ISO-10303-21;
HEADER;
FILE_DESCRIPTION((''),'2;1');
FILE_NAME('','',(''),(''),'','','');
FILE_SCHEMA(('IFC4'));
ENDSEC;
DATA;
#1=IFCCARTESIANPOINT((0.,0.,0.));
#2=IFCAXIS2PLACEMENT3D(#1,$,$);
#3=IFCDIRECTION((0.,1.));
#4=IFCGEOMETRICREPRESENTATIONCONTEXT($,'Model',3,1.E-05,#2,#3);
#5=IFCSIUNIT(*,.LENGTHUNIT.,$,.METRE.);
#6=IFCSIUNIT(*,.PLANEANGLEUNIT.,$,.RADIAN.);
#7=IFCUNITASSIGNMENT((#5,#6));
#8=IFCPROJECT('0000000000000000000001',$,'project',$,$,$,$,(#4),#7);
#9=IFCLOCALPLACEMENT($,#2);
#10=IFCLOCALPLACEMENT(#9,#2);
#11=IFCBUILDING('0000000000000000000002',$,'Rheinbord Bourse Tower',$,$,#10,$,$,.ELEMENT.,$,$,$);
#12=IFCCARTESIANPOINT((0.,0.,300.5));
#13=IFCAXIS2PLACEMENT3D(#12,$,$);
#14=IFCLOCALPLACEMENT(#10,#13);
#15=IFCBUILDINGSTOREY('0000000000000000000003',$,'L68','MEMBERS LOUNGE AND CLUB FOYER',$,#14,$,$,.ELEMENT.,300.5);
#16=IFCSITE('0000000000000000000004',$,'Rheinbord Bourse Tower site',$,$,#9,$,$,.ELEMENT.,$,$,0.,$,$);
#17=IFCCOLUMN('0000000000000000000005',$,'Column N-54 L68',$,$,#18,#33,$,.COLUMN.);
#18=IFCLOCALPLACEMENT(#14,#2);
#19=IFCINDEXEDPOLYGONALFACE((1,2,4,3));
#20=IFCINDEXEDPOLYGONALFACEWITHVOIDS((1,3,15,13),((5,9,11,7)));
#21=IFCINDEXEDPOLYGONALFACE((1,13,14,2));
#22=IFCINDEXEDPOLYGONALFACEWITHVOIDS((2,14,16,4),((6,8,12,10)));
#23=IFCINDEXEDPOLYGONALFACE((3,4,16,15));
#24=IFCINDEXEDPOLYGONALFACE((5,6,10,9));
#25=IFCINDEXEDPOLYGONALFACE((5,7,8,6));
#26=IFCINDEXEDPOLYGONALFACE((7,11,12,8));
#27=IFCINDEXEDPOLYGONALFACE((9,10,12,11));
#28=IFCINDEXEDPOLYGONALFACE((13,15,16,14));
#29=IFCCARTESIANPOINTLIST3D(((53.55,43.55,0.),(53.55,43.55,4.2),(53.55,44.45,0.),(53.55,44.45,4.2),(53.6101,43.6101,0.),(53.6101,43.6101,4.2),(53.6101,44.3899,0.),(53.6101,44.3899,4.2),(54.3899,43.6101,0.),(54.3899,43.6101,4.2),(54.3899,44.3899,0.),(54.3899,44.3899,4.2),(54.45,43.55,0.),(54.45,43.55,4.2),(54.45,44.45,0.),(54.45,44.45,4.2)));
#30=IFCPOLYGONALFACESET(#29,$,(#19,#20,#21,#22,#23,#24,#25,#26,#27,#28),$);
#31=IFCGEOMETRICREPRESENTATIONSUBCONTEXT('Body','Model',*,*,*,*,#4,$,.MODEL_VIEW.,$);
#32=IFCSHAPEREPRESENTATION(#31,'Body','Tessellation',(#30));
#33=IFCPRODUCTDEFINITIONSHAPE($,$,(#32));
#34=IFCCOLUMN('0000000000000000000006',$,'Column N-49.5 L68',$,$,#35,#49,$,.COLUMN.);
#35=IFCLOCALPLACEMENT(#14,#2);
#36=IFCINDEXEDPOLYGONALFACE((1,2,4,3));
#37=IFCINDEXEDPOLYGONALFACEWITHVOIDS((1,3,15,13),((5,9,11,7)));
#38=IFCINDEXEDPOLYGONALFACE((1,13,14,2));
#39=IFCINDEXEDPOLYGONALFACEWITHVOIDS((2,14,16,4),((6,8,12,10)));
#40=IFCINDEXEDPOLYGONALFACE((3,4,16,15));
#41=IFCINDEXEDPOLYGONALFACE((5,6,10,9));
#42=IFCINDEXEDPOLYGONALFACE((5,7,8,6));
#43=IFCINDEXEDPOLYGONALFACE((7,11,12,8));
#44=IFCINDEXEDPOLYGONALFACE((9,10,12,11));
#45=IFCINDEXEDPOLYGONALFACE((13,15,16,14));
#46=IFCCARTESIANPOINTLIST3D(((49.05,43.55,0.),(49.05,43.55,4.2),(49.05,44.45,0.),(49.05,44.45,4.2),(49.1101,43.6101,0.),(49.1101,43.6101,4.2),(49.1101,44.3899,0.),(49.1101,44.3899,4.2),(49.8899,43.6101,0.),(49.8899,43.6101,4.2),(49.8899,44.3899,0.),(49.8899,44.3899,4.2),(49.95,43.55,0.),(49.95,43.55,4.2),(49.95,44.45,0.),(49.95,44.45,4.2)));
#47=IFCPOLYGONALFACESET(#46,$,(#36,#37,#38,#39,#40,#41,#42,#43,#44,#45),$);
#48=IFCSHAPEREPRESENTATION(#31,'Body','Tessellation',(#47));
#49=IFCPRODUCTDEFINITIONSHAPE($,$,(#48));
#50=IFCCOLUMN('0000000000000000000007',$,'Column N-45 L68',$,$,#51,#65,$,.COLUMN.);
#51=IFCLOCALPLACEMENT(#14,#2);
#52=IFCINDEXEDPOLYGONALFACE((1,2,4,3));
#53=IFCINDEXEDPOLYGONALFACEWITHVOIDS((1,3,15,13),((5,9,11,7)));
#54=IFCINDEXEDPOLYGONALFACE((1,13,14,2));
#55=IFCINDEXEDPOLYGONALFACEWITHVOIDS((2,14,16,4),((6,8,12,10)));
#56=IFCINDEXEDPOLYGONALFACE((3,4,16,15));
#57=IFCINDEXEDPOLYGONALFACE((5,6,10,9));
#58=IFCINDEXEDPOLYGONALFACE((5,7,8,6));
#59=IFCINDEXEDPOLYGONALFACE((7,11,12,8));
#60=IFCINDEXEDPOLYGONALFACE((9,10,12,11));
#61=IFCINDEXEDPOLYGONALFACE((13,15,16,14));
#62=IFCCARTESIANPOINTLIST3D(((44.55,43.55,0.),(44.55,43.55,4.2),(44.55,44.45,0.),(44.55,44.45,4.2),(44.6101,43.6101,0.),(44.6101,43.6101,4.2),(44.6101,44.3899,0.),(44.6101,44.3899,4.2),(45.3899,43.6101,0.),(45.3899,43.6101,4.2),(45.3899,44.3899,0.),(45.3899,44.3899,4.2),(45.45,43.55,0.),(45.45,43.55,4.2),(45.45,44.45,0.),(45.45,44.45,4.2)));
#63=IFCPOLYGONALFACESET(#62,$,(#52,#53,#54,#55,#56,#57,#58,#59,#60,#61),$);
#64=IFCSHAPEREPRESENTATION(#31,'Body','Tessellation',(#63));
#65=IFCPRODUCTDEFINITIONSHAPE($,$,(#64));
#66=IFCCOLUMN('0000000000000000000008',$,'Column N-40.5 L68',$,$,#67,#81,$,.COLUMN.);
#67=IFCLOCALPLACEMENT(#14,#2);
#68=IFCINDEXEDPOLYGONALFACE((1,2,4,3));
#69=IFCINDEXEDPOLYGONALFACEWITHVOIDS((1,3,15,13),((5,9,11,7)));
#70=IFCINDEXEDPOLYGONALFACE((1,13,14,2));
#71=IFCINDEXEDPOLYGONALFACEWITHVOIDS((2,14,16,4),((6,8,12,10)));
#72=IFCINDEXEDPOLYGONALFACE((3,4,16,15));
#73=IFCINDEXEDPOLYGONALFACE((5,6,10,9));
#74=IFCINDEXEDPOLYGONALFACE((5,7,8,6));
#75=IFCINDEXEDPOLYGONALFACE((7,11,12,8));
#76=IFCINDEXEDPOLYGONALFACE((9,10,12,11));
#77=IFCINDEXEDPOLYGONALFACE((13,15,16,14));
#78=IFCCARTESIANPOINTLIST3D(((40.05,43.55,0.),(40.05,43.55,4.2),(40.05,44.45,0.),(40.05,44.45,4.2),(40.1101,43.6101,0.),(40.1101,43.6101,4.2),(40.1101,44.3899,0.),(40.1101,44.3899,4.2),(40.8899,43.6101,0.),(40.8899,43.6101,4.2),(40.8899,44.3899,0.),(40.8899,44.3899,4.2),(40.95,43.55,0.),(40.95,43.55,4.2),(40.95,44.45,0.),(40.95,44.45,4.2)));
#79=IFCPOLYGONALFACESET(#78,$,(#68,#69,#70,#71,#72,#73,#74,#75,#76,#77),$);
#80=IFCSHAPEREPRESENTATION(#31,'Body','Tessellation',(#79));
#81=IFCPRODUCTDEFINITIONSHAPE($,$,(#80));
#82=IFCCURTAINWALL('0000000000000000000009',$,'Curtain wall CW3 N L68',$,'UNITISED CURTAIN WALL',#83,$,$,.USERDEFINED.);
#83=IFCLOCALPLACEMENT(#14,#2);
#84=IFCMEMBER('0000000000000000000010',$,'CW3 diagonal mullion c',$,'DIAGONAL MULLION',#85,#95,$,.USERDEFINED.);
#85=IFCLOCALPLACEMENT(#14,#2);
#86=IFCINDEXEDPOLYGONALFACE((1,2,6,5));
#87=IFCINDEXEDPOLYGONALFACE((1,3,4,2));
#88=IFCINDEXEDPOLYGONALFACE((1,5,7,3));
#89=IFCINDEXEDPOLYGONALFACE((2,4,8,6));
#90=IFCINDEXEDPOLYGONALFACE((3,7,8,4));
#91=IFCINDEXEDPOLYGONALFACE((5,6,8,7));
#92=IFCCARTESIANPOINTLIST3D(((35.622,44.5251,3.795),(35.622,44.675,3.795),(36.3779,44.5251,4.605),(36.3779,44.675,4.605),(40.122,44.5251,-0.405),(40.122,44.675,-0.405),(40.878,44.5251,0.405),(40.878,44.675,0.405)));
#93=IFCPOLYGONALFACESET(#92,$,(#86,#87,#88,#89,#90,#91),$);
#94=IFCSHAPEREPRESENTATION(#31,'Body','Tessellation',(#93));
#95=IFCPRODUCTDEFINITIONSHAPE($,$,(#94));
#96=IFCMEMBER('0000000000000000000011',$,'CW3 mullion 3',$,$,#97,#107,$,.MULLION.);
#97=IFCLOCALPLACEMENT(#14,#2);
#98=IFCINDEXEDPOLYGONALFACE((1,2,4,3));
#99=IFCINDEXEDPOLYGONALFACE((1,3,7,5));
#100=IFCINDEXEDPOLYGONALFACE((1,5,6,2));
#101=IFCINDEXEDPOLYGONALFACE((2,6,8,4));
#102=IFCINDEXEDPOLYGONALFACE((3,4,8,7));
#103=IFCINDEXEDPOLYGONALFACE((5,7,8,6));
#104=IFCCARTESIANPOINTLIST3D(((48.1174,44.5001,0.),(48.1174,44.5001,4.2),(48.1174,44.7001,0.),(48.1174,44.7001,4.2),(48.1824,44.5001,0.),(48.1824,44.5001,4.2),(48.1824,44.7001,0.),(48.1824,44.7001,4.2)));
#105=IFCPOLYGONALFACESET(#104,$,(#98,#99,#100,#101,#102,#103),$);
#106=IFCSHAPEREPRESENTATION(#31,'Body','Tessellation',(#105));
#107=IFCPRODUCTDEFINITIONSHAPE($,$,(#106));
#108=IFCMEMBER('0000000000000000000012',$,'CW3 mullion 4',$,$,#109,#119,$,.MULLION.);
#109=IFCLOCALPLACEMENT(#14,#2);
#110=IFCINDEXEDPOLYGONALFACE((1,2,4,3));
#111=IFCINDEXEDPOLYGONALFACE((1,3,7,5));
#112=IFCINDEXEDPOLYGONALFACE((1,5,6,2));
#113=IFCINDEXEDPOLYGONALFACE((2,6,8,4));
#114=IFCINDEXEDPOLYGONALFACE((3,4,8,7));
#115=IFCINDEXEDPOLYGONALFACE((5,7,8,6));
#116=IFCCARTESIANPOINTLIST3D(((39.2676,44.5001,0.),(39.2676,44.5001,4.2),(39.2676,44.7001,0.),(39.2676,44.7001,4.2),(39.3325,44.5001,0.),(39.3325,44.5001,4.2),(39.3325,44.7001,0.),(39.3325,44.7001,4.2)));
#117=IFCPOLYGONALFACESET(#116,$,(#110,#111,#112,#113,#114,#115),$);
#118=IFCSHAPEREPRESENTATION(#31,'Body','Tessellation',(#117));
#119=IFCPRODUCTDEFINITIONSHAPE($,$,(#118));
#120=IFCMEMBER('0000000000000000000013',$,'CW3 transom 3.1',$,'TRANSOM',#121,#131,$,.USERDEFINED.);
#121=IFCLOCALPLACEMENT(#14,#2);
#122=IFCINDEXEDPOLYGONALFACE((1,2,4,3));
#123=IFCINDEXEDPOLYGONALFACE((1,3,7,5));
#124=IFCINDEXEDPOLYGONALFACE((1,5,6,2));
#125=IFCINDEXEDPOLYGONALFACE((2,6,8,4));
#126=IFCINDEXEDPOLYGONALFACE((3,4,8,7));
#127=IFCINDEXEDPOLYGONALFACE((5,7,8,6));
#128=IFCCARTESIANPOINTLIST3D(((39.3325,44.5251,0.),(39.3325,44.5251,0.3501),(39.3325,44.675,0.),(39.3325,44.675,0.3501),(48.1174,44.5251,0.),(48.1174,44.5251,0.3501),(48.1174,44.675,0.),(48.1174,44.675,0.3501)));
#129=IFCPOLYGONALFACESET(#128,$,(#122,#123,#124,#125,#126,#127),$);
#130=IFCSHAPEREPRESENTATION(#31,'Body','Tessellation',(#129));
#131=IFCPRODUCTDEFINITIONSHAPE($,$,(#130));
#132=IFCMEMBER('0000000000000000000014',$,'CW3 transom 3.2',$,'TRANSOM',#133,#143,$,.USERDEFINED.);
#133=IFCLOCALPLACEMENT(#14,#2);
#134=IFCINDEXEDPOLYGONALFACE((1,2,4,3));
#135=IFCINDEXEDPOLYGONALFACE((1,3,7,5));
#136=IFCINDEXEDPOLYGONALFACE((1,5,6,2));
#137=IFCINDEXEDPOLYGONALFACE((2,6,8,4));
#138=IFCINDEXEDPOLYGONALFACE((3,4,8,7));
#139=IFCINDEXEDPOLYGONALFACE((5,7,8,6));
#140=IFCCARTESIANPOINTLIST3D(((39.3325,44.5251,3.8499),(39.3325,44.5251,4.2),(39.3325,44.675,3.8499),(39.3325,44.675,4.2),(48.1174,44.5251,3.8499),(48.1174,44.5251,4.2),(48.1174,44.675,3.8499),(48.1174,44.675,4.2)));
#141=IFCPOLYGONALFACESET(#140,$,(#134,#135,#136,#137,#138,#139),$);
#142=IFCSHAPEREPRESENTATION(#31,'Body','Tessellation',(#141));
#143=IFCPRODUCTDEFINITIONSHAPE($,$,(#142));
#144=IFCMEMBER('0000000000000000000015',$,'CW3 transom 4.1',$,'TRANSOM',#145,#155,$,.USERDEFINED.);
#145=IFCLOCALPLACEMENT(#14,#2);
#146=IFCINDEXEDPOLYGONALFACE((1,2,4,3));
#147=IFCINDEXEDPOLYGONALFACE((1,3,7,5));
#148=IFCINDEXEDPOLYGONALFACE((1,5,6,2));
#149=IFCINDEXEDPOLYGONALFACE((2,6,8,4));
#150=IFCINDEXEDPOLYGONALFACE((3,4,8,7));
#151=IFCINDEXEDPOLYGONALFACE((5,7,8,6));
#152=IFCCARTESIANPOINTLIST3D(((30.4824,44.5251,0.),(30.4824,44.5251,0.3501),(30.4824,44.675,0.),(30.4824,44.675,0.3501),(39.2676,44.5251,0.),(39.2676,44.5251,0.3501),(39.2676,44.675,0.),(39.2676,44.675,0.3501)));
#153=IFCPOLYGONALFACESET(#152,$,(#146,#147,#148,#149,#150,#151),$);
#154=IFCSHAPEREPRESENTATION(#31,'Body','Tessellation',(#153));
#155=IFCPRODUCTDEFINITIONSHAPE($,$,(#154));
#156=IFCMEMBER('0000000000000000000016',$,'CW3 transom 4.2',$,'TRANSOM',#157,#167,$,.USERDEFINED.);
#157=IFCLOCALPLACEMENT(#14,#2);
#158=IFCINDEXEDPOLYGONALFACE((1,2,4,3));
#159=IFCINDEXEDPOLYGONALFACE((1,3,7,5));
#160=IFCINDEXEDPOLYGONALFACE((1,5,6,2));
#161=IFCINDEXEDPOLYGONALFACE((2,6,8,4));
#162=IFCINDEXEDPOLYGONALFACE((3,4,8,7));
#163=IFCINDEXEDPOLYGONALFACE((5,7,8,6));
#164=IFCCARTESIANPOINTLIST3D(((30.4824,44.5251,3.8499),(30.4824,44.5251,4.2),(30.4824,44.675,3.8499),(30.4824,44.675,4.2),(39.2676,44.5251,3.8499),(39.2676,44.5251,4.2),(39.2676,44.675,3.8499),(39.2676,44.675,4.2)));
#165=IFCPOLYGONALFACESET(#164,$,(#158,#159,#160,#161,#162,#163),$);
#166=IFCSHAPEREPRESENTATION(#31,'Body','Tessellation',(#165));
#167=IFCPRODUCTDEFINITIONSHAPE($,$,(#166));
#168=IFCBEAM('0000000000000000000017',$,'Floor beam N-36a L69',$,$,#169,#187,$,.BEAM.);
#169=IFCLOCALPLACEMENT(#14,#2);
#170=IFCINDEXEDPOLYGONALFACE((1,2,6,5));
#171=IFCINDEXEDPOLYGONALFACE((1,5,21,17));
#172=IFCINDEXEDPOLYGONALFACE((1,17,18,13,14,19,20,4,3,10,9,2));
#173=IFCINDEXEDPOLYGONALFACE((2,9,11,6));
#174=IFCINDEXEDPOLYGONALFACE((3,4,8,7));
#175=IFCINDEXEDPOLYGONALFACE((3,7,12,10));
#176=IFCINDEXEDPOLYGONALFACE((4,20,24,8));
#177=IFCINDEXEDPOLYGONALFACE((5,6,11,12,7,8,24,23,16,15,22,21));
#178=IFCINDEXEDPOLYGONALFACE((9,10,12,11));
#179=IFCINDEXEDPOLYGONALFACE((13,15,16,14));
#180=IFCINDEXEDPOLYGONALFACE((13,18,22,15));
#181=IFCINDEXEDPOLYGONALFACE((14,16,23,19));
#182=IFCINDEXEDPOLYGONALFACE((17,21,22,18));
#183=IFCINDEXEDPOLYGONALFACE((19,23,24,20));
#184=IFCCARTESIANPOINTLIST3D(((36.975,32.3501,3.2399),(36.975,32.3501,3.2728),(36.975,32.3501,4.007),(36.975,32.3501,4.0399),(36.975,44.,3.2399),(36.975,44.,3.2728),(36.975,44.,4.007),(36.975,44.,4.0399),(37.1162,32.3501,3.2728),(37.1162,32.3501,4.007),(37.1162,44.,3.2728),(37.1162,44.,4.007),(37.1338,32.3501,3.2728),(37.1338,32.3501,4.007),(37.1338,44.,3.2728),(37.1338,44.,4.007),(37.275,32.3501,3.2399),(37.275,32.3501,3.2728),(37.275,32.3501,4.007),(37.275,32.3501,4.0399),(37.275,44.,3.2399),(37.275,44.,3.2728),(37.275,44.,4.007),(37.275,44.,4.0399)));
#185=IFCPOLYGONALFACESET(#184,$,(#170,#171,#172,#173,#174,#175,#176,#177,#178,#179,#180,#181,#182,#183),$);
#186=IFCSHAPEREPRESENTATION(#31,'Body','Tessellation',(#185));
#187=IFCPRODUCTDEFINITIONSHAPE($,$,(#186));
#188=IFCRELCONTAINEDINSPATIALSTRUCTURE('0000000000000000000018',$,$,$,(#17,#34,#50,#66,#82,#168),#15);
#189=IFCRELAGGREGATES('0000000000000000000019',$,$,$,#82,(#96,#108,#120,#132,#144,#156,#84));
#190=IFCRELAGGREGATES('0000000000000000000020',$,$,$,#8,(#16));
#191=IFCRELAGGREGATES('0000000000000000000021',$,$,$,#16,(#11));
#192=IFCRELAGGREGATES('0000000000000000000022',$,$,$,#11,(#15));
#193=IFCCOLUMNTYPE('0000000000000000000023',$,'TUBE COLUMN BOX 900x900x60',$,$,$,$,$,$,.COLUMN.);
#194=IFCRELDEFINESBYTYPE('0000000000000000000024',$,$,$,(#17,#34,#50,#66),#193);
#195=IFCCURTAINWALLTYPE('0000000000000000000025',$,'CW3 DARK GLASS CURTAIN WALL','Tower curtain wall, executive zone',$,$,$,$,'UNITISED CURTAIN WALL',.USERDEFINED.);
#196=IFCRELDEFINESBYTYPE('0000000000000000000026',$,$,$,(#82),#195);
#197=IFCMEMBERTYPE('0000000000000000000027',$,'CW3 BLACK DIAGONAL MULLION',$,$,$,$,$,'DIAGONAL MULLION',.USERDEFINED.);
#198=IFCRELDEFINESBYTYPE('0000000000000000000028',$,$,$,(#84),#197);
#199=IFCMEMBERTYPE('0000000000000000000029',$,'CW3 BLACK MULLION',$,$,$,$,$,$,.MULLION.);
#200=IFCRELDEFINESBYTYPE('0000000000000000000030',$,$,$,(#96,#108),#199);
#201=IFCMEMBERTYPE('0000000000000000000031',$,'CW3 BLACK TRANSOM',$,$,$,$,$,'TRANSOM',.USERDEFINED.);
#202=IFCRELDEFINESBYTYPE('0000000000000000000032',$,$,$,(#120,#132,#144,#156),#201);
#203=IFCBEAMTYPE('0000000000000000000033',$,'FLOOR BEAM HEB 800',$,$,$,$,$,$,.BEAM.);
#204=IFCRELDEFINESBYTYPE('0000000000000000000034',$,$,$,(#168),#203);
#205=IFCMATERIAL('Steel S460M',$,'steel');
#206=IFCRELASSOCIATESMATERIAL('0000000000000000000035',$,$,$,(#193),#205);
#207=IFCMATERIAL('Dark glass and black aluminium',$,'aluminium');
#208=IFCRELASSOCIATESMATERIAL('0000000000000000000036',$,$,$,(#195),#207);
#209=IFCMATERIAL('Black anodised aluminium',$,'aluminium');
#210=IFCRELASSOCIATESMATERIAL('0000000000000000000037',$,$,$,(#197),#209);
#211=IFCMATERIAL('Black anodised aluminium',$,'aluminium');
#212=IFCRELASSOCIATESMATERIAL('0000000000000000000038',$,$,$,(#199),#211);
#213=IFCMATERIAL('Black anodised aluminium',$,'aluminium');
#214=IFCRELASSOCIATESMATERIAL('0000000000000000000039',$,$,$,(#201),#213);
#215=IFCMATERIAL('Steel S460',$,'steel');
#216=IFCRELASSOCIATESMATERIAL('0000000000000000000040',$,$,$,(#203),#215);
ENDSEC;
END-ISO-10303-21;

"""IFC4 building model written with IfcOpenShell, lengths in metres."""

from ifc_helpers import new_model, si_unit, direction, frame, origin, origin_2d, place, context, subcontext, project, spatial, rectangle, hollow_rectangle, i_section, extrude, material, material_profile, profile_set, type_object, element, aggregate, save


model = new_model("IFC4")

# Units and contexts
model_context = context("Model", 3, precision=1e-05, world=origin(), true_north=direction((0.0, 1.0)))
body_context = subcontext(model_context, "Body", "Model", "MODEL_VIEW")
ifc_project = project(units=[si_unit("LENGTHUNIT", "METRE"), si_unit("PLANEANGLEUNIT", "RADIAN")], contexts=[model_context])

# Site, building, storey
site_placement = place(None, origin())
site = spatial("IfcSite", under=ifc_project, at=site_placement, Name="Rheinbord Bourse Tower site", CompositionType="ELEMENT", RefElevation=0.0)
building_placement = place(site_placement, origin())
building = spatial("IfcBuilding", under=site, at=building_placement, Name="Rheinbord Bourse Tower", CompositionType="ELEMENT")
storey_placement = place(building_placement, frame((0.0, 0.0, 300.5)))
storey = spatial("IfcBuildingStorey", under=building, at=storey_placement, Name="L68", Description="MEMBERS LOUNGE AND CLUB FOYER", CompositionType="ELEMENT", Elevation=300.5)

# Columns
ifc_material_1 = material(Name="Steel S460M", Category="steel")
ifc_material_profile_1 = material_profile(ifc_material_1, hollow_rectangle(XDim=0.8999, YDim=0.8999, WallThickness=0.0601, at=origin_2d()), Name="BOX 900x900x60")
ifc_profile_set_1 = profile_set([ifc_material_profile_1], Name="Steel S460M")
column_type = type_object("IfcColumnType", Name="TUBE COLUMN BOX 900x900x60", PredefinedType="COLUMN", material=ifc_profile_set_1)
for number, where, z_axis, x_axis, name in (
    (1, (54.0, 44.0, 0.0), (0.0, 0.0, 1.0), (0.0, 1.0, 0.0), "Column N-54 L68"),
    (2, (49.5, 44.0, 0.0), (0.0, 0.0, 1.0), (0.0, 1.0, 0.0), "Column N-49.5 L68"),
    (3, (45.0, 44.0, 0.0), (0.0, 0.0, 1.0), (0.0, 1.0, 0.0), "Column N-45 L68"),
    (4, (40.5, 44.0, 0.0), (0.0, 0.0, 1.0), (0.0, 1.0, 0.0), "Column N-40.5 L68"),
):
    element("IfcColumn", number, at=place(storey_placement, frame(where, z_axis=z_axis, x_axis=x_axis)), inside=storey, type_object=column_type, Name=name, PredefinedType="COLUMN", context=body_context, shape_type="SweptSolid", body=[
        extrude(hollow_rectangle(XDim=0.8999, YDim=0.8999, WallThickness=0.0601, at=origin_2d()), origin(), (0.0, 0.0, 1.0), 4.2),
    ])

# Curtain wall, members
ifc_material_2 = material(Name="Dark glass and black aluminium", Category="aluminium")
curtain_wall_type = type_object("IfcCurtainWallType", Name="CW3 DARK GLASS CURTAIN WALL", Description="Tower curtain wall, executive zone", ElementType="UNITISED CURTAIN WALL", PredefinedType="USERDEFINED", material=ifc_material_2)
curtain_wall_placement = place(storey_placement, origin())
curtain_wall = element("IfcCurtainWall", 5, at=curtain_wall_placement, inside=storey, type_object=curtain_wall_type, Name="Curtain wall CW3 N L68", ObjectType="UNITISED CURTAIN WALL", PredefinedType="USERDEFINED")
ifc_material_3 = material(Name="Black anodised aluminium", Category="aluminium")
ifc_material_profile_2 = material_profile(ifc_material_3, rectangle(XDim=0.1499, YDim=1.1079, at=origin_2d()), Name="CW3 DIAGONAL MULLION 1108x150")
ifc_profile_set_2 = profile_set([ifc_material_profile_2], Name="Black anodised aluminium")
member_type_1 = type_object("IfcMemberType", Name="CW3 BLACK DIAGONAL MULLION", ElementType="DIAGONAL MULLION", PredefinedType="USERDEFINED", material=ifc_profile_set_2)
member_1_placement = place(storey_placement, frame((40.5, 44.6001, 0.0), z_axis=(-0.731059, 0.0, 0.682314), x_axis=(0.0, -1.0, 0.0)))
member_1 = element("IfcMember", 6, at=member_1_placement, type_object=member_type_1, Name="CW3 diagonal mullion c", ObjectType="DIAGONAL MULLION", PredefinedType="USERDEFINED", context=body_context, shape_type="SweptSolid", body=[
    extrude(rectangle(XDim=0.1499, YDim=1.1079, at=origin_2d()), origin(), (0.0, 0.0, 1.0), 6.1555),
])
ifc_material_4 = material(Name="Black anodised aluminium", Category="aluminium")
ifc_material_profile_3 = material_profile(ifc_material_4, rectangle(XDim=0.2, YDim=0.0649, at=origin_2d()), Name="CW3 MULLION 65x200")
ifc_profile_set_3 = profile_set([ifc_material_profile_3], Name="Black anodised aluminium")
member_type_2 = type_object("IfcMemberType", Name="CW3 BLACK MULLION", PredefinedType="MULLION", material=ifc_profile_set_3)
member_2_placement = place(storey_placement, frame((48.1499, 44.6001, 0.0), z_axis=(0.0, 0.0, 1.0), x_axis=(0.0, -1.0, 0.0)))
member_2 = element("IfcMember", 7, at=member_2_placement, type_object=member_type_2, Name="CW3 mullion 3", PredefinedType="MULLION", context=body_context, shape_type="SweptSolid", body=[
    extrude(rectangle(XDim=0.2, YDim=0.0649, at=origin_2d()), origin(), (0.0, 0.0, 1.0), 4.2),
])
member_3_placement = place(storey_placement, frame((39.3, 44.6001, 0.0), z_axis=(0.0, 0.0, 1.0), x_axis=(0.0, -1.0, 0.0)))
member_3 = element("IfcMember", 8, at=member_3_placement, type_object=member_type_2, Name="CW3 mullion 4", PredefinedType="MULLION", context=body_context, shape_type="SweptSolid", body=[
    extrude(rectangle(XDim=0.2, YDim=0.0649, at=origin_2d()), origin(), (0.0, 0.0, 1.0), 4.2),
])
ifc_material_5 = material(Name="Black anodised aluminium", Category="aluminium")
ifc_material_profile_4 = material_profile(ifc_material_5, rectangle(XDim=0.1499, YDim=0.3501, at=origin_2d()), Name="CW3 TRANSOM 350x150")
ifc_profile_set_4 = profile_set([ifc_material_profile_4], Name="Black anodised aluminium")
member_type_3 = type_object("IfcMemberType", Name="CW3 BLACK TRANSOM", ElementType="TRANSOM", PredefinedType="USERDEFINED", material=ifc_profile_set_4)
member_4_placement = place(storey_placement, frame((48.1174, 44.6001, 0.175), z_axis=(-1.0, 0.0, 0.0), x_axis=(0.0, -1.0, 0.0)))
member_4 = element("IfcMember", 9, at=member_4_placement, type_object=member_type_3, Name="CW3 transom 3.1", ObjectType="TRANSOM", PredefinedType="USERDEFINED", context=body_context, shape_type="SweptSolid", body=[
    extrude(rectangle(XDim=0.1499, YDim=0.3501, at=origin_2d()), origin(), (0.0, 0.0, 1.0), 8.7849),
])
member_5_placement = place(storey_placement, frame((48.1174, 44.6001, 4.0249), z_axis=(-1.0, 0.0, 0.0), x_axis=(0.0, -1.0, 0.0)))
member_5 = element("IfcMember", 10, at=member_5_placement, type_object=member_type_3, Name="CW3 transom 3.2", ObjectType="TRANSOM", PredefinedType="USERDEFINED", context=body_context, shape_type="SweptSolid", body=[
    extrude(rectangle(XDim=0.1499, YDim=0.3501, at=origin_2d()), origin(), (0.0, 0.0, 1.0), 8.7849),
])
member_6_placement = place(storey_placement, frame((39.2676, 44.6001, 0.175), z_axis=(-1.0, 0.0, 0.0), x_axis=(0.0, -1.0, 0.0)))
member_6 = element("IfcMember", 11, at=member_6_placement, type_object=member_type_3, Name="CW3 transom 4.1", ObjectType="TRANSOM", PredefinedType="USERDEFINED", context=body_context, shape_type="SweptSolid", body=[
    extrude(rectangle(XDim=0.1499, YDim=0.3501, at=origin_2d()), origin(), (0.0, 0.0, 1.0), 8.7852),
])
member_7_placement = place(storey_placement, frame((39.2676, 44.6001, 4.0249), z_axis=(-1.0, 0.0, 0.0), x_axis=(0.0, -1.0, 0.0)))
member_7 = element("IfcMember", 12, at=member_7_placement, type_object=member_type_3, Name="CW3 transom 4.2", ObjectType="TRANSOM", PredefinedType="USERDEFINED", context=body_context, shape_type="SweptSolid", body=[
    extrude(rectangle(XDim=0.1499, YDim=0.3501, at=origin_2d()), origin(), (0.0, 0.0, 1.0), 8.7852),
])

# Beam
ifc_material_6 = material(Name="Steel S460", Category="steel")
ifc_material_profile_5 = material_profile(ifc_material_6, i_section(OverallWidth=0.3, OverallDepth=0.8, WebThickness=0.0176, FlangeThickness=0.033, at=origin_2d()), Name="HEB 800")
ifc_profile_set_5 = profile_set([ifc_material_profile_5], Name="Steel S460")
beam_type_1 = type_object("IfcBeamType", Name="FLOOR BEAM HEB 800", PredefinedType="BEAM", material=ifc_profile_set_5)
for number, where, z_axis, x_axis, name in (
    (13, (37.125, 44.0, 3.6399), (0.0, -1.0, 0.0), (1.0, 0.0, 0.0), "Floor beam N-36a L69"),
):
    element("IfcBeam", number, at=place(storey_placement, frame(where, z_axis=z_axis, x_axis=x_axis)), inside=storey, type_object=beam_type_1, Name=name, PredefinedType="BEAM", context=body_context, shape_type="SweptSolid", body=[
        extrude(i_section(OverallWidth=0.3, OverallDepth=0.8, WebThickness=0.0176, FlangeThickness=0.033, at=origin_2d()), origin(), (0.0, 0.0, 1.0), 11.6499),
    ])

aggregate(curtain_wall, [member_2, member_3, member_4, member_5, member_6, member_7, member_1])

save(model, "model.ifc")
